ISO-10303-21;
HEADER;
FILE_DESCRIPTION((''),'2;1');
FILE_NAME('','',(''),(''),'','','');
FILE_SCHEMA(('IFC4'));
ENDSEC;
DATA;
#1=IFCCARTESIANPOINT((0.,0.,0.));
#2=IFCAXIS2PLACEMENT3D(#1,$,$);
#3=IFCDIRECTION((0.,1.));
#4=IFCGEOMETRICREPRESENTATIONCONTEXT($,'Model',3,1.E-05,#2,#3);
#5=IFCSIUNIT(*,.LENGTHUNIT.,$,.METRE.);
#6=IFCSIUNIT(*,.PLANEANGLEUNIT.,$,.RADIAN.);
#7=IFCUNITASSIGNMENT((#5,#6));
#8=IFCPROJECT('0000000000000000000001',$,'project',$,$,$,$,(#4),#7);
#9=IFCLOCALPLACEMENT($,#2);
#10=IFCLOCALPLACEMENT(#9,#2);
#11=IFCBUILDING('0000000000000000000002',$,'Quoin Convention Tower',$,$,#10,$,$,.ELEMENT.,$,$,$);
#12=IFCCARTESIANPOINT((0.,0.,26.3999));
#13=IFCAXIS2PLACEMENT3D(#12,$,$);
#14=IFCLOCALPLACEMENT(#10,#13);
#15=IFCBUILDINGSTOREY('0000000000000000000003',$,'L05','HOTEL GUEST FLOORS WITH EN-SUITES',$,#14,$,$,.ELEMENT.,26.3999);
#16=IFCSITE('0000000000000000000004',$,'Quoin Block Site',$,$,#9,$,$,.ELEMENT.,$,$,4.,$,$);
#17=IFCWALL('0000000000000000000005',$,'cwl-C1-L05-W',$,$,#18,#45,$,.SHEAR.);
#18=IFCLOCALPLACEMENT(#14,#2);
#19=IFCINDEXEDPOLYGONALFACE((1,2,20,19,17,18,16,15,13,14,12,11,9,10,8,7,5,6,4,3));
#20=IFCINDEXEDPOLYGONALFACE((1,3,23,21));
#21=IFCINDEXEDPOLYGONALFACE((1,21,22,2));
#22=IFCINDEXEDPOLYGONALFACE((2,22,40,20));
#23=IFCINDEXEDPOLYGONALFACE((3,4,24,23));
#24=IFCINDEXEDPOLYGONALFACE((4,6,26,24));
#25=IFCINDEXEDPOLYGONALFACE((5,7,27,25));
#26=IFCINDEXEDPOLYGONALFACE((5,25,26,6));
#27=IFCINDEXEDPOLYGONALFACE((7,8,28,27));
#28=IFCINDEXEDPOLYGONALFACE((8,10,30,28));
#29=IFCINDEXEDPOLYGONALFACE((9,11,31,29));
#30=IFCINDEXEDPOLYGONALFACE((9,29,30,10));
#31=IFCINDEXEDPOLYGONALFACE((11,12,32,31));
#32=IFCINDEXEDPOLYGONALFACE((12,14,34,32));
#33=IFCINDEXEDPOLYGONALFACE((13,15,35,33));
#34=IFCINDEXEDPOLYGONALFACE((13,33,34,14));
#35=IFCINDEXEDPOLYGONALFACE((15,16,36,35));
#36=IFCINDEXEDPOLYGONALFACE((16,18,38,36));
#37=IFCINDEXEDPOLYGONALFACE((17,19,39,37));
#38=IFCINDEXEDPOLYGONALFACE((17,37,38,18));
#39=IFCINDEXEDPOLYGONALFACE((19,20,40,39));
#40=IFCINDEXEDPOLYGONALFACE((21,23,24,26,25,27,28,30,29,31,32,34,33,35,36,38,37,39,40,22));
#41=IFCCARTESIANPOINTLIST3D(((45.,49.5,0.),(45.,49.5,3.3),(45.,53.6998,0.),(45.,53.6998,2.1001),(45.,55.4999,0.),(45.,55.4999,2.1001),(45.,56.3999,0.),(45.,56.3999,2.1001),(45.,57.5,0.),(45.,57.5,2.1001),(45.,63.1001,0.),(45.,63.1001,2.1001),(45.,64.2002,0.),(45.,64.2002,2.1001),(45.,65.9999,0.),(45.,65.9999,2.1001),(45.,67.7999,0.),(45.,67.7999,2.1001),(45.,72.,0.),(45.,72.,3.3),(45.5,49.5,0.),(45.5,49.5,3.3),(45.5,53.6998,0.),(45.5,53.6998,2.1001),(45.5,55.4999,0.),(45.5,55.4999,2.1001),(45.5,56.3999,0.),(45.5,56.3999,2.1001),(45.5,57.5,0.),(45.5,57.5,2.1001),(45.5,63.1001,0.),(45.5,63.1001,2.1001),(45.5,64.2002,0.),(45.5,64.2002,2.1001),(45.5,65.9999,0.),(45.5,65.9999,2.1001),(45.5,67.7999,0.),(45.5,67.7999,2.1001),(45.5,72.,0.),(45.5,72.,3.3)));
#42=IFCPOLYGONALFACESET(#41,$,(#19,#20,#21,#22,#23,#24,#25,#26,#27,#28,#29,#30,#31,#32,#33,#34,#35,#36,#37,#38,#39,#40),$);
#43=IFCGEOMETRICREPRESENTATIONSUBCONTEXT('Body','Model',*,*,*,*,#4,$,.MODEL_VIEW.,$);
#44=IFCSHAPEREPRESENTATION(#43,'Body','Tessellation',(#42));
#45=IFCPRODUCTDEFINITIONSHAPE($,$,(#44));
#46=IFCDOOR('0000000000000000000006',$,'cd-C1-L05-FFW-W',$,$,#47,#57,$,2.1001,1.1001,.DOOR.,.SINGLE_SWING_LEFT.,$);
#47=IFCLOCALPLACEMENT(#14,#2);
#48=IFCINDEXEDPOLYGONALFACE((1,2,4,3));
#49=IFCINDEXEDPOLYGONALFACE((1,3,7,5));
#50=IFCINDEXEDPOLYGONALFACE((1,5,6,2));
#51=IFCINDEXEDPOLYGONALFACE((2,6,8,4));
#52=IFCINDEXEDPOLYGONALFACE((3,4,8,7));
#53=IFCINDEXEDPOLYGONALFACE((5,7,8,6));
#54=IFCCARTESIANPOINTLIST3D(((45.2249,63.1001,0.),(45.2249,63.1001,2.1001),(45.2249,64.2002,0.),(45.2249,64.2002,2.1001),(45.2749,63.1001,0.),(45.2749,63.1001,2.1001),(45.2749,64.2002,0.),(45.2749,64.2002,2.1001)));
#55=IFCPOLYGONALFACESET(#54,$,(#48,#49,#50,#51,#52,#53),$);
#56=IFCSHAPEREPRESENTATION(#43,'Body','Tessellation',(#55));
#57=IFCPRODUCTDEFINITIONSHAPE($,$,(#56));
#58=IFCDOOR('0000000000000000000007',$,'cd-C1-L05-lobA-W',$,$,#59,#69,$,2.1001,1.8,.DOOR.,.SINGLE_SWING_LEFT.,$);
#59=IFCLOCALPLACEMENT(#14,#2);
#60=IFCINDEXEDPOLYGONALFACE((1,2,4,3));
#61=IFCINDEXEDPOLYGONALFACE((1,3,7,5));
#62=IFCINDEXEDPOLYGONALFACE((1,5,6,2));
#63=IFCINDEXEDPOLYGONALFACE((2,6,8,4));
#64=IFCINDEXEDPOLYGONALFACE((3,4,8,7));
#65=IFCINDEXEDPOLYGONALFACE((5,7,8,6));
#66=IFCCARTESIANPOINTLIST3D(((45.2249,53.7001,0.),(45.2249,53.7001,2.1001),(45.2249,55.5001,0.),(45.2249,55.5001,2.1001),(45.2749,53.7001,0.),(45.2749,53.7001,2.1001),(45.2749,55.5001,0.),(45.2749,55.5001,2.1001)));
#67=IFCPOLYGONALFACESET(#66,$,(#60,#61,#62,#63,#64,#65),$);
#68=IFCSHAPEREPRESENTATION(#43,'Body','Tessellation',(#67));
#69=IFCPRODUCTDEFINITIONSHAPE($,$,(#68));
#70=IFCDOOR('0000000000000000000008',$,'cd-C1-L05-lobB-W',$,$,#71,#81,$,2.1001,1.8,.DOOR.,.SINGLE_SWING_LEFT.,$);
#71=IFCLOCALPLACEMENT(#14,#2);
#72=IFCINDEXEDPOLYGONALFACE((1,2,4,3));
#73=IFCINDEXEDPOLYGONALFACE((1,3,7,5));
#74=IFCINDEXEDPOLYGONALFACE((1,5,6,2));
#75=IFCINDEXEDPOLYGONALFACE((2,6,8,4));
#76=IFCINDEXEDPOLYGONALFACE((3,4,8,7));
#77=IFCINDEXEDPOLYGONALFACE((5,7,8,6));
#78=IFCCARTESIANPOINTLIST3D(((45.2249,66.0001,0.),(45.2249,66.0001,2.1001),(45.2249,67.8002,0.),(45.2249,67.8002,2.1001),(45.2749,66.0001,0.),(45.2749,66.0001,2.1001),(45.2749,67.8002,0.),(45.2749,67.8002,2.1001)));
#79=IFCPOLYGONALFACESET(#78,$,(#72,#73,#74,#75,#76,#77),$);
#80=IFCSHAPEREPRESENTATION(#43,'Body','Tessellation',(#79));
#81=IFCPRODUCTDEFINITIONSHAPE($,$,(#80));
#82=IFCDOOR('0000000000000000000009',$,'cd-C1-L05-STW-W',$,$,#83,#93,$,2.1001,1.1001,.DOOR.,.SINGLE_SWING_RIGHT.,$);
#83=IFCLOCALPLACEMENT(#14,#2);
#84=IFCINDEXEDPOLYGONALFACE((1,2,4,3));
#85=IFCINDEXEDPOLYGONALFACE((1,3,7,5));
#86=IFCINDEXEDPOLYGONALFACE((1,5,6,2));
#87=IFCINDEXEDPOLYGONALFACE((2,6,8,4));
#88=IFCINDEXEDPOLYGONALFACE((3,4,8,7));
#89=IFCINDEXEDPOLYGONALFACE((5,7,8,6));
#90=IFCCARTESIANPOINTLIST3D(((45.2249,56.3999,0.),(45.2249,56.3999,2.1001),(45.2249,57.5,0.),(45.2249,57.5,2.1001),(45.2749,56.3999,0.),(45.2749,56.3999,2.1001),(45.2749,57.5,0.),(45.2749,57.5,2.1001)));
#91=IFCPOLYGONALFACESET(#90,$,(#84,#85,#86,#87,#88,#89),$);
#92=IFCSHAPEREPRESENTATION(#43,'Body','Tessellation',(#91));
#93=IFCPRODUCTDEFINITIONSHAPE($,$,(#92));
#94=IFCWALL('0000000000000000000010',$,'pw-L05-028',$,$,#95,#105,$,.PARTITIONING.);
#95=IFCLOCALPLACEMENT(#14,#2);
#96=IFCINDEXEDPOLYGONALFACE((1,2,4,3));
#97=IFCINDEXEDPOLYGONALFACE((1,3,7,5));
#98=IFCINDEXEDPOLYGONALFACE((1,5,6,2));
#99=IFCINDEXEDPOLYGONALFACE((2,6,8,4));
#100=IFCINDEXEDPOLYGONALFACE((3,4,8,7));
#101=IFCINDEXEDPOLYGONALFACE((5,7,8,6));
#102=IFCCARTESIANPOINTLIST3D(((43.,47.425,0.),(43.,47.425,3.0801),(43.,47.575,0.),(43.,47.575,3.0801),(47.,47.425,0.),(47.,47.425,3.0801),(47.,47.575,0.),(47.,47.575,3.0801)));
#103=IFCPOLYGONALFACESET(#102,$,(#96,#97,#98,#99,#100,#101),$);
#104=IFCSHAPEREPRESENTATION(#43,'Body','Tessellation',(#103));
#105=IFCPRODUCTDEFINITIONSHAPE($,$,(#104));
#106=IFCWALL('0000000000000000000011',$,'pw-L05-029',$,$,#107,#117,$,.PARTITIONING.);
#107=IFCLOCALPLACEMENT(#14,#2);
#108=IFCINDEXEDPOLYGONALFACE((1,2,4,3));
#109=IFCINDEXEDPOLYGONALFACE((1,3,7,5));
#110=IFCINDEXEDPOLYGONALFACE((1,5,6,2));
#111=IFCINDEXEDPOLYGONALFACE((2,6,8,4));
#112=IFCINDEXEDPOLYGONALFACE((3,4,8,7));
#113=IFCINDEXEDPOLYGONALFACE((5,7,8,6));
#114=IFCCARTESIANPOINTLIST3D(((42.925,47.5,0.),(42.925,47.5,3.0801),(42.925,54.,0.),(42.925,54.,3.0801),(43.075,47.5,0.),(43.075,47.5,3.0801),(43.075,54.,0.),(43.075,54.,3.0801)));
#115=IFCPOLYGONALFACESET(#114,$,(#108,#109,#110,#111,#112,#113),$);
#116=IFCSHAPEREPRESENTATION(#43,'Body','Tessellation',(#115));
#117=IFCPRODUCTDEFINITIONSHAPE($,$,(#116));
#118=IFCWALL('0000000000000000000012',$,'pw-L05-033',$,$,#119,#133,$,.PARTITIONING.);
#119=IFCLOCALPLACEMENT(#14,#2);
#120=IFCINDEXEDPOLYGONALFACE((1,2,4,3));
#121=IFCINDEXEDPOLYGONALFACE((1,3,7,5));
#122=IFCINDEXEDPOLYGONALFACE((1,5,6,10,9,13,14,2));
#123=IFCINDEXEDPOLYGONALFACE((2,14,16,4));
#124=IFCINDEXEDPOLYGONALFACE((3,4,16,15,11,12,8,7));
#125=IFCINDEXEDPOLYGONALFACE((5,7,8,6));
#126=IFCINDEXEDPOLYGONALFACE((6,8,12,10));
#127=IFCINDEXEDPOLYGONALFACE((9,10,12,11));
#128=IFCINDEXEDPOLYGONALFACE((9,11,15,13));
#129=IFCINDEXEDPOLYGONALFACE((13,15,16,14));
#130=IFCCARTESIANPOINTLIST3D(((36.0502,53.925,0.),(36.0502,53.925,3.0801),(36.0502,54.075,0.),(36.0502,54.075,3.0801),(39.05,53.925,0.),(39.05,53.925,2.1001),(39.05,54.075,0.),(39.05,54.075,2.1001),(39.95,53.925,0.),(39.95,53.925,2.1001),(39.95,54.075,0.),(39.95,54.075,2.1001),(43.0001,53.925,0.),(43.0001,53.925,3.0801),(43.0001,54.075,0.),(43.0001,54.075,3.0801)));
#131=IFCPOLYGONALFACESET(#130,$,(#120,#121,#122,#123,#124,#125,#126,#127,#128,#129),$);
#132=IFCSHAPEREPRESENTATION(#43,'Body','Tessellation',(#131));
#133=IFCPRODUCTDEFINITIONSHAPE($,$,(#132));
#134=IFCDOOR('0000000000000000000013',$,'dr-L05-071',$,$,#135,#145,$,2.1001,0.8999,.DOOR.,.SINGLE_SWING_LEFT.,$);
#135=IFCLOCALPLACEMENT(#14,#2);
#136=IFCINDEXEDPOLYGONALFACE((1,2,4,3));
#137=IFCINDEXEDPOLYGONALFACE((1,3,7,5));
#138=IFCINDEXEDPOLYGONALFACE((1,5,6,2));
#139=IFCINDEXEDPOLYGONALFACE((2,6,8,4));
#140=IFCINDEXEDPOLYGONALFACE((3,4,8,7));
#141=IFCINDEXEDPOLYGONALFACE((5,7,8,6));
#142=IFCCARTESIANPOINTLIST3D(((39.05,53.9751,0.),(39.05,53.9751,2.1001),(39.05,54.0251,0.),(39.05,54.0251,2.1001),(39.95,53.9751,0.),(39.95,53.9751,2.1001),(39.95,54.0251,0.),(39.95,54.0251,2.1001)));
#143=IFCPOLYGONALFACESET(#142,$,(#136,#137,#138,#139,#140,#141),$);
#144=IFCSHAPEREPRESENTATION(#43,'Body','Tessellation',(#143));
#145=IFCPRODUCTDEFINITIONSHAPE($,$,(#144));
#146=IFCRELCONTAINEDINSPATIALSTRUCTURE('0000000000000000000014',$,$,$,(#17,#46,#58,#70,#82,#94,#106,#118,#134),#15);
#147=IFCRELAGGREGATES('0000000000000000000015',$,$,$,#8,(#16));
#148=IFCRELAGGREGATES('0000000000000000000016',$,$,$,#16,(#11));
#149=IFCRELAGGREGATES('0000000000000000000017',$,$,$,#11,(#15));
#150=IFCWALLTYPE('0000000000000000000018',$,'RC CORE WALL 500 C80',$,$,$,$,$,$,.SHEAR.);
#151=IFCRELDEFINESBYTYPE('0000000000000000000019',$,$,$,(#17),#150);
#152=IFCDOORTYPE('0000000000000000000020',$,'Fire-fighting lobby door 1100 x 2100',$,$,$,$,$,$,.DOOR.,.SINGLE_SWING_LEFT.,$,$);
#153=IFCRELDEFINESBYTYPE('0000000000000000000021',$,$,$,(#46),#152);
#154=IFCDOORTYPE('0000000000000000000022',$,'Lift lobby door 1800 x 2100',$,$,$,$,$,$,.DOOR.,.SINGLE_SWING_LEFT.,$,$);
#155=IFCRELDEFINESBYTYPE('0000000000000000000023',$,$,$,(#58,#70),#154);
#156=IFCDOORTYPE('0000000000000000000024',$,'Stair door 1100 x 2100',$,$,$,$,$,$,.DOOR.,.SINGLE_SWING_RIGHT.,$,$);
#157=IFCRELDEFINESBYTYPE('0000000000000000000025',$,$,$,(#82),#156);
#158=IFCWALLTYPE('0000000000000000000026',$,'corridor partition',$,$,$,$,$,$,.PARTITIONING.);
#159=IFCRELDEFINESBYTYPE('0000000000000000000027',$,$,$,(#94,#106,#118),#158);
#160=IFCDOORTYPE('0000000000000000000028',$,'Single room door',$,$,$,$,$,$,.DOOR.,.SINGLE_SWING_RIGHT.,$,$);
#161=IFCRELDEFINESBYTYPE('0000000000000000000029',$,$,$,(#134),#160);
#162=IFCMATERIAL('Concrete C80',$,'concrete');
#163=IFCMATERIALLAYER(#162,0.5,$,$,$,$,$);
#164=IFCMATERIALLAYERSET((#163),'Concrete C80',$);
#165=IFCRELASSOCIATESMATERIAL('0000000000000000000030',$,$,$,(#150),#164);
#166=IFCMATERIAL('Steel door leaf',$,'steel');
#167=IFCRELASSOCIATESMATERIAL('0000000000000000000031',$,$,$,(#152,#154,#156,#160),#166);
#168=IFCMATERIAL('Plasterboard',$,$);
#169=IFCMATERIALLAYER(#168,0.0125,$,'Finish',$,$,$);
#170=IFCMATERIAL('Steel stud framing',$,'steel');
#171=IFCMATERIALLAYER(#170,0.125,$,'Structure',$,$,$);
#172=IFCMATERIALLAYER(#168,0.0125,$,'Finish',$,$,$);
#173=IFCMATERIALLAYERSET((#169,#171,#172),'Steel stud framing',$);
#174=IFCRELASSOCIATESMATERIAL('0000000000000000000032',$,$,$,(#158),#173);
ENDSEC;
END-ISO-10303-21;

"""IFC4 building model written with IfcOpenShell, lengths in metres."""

from ifc_helpers import new_model, si_unit, direction, frame, frame_2d, origin, place, context, subcontext, project, spatial, rectangle, extrude, material, layer, layer_set, type_object, element, fill, save


model = new_model("IFC4")

# Units and contexts
model_context = context("Model", 3, precision=1e-05, world=origin(), true_north=direction((0.0, 1.0)))
body_context = subcontext(model_context, "Body", "Model", "MODEL_VIEW")
ifc_project = project(units=[si_unit("LENGTHUNIT", "METRE"), si_unit("PLANEANGLEUNIT", "RADIAN")], contexts=[model_context])

# Site, building, storey
site_placement = place(None, origin())
site = spatial("IfcSite", under=ifc_project, at=site_placement, Name="Quoin Block Site", CompositionType="ELEMENT", RefElevation=4.0)
building_placement = place(site_placement, origin())
building = spatial("IfcBuilding", under=site, at=building_placement, Name="Quoin Convention Tower", CompositionType="ELEMENT")
storey_placement = place(building_placement, frame((0.0, 0.0, 26.3999)))
storey = spatial("IfcBuildingStorey", under=building, at=storey_placement, Name="L05", Description="HOTEL GUEST FLOORS WITH EN-SUITES", CompositionType="ELEMENT", Elevation=26.3999)

# Shared definitions
ifc_material_1 = material(Name="Concrete C80", Category="concrete")

# Shared definitions
ifc_material_2 = material(Name="Plasterboard")
ifc_material_3 = material(Name="Steel stud framing", Category="steel")
ifc_material_4 = material(Name="Steel door leaf", Category="steel")

# Shared definitions
ifc_layer_1 = layer(ifc_material_1, 0.5)
ifc_layer_set_1 = layer_set([ifc_layer_1], Name="Concrete C80")
wall_type_1 = type_object("IfcWallType", Name="RC CORE WALL 500 C80", PredefinedType="SHEAR", material=ifc_layer_set_1)

# Wall, openings, doors
wall_1_placement = place(storey_placement, frame((45.25, 49.5, 0.0), z_axis=(0.0, 0.0, 1.0), x_axis=(0.0, 1.0, 0.0)))
wall_1 = element("IfcWall", 1, at=wall_1_placement, inside=storey, type_object=wall_type_1, Name="cwl-C1-L05-W", PredefinedType="SHEAR", context=body_context, shape_type="SweptSolid", body=[
    extrude(rectangle(XDim=22.5, YDim=0.5, at=frame_2d((11.25, 0.0))), origin(), (0.0, 0.0, 1.0), 3.3),
])
opening_1_placement = place(wall_1_placement, frame((4.2, 0.0, 0.0)))
opening_1 = element("IfcOpeningElement", 2, at=opening_1_placement, cuts=wall_1, PredefinedType="OPENING", context=body_context, shape_type="SweptSolid", body=[
    extrude(rectangle(XDim=1.8, YDim=2.1001, at=frame_2d((0.8999, 1.05))), frame((0.0, 0.26, 0.0), z_axis=(0.0, -1.0, 0.0), x_axis=(1.0, 0.0, 0.0)), (0.0, 0.0, 1.0), 0.52),
])
opening_2_placement = place(wall_1_placement, frame((6.8999, 0.0, 0.0)))
opening_2 = element("IfcOpeningElement", 3, at=opening_2_placement, cuts=wall_1, PredefinedType="OPENING", context=body_context, shape_type="SweptSolid", body=[
    extrude(rectangle(XDim=1.1001, YDim=2.1001, at=frame_2d((0.55, 1.05))), frame((0.0, 0.26, 0.0), z_axis=(0.0, -1.0, 0.0), x_axis=(1.0, 0.0, 0.0)), (0.0, 0.0, 1.0), 0.52),
])
opening_3_placement = place(wall_1_placement, frame((13.6001, 0.0, 0.0)))
opening_3 = element("IfcOpeningElement", 4, at=opening_3_placement, cuts=wall_1, PredefinedType="OPENING", context=body_context, shape_type="SweptSolid", body=[
    extrude(rectangle(XDim=1.1001, YDim=2.1001, at=frame_2d((0.55, 1.05))), frame((0.0, 0.26, 0.0), z_axis=(0.0, -1.0, 0.0), x_axis=(1.0, 0.0, 0.0)), (0.0, 0.0, 1.0), 0.52),
])
opening_4_placement = place(wall_1_placement, frame((16.5, 0.0, 0.0)))
opening_4 = element("IfcOpeningElement", 5, at=opening_4_placement, cuts=wall_1, PredefinedType="OPENING", context=body_context, shape_type="SweptSolid", body=[
    extrude(rectangle(XDim=1.8, YDim=2.1001, at=frame_2d((0.8999, 1.05))), frame((0.0, 0.26, 0.0), z_axis=(0.0, -1.0, 0.0), x_axis=(1.0, 0.0, 0.0)), (0.0, 0.0, 1.0), 0.52),
])
door_type_1 = type_object("IfcDoorType", Name="Fire-fighting lobby door 1100 x 2100", OperationType="SINGLE_SWING_LEFT", PredefinedType="DOOR", material=ifc_material_4)
door_1_placement = place(opening_3_placement, frame((1.1001, 0.0, 0.0), z_axis=(0.0, 0.0, 1.0), x_axis=(-1.0, 0.0, 0.0)))
door_1 = element("IfcDoor", 6, at=door_1_placement, inside=storey, type_object=door_type_1, Name="cd-C1-L05-FFW-W", OperationType="SINGLE_SWING_LEFT", OverallHeight=2.1001, OverallWidth=1.1001, PredefinedType="DOOR", context=body_context, shape_type="SweptSolid", body=[
    extrude(rectangle(XDim=1.1001, YDim=2.1001, at=frame_2d((0.55, 1.05))), frame((0.0, 0.0249, 0.0), z_axis=(0.0, -1.0, 0.0), x_axis=(1.0, 0.0, 0.0)), (0.0, 0.0, 1.0), 0.05),
])
fill(opening_3, door_1)
door_type_2 = type_object("IfcDoorType", Name="Lift lobby door 1800 x 2100", OperationType="SINGLE_SWING_LEFT", PredefinedType="DOOR", material=ifc_material_4)
door_2_placement = place(opening_1_placement, frame((1.8, 0.0, 0.0), z_axis=(0.0, 0.0, 1.0), x_axis=(-1.0, 0.0, 0.0)))
door_2 = element("IfcDoor", 7, at=door_2_placement, inside=storey, type_object=door_type_2, Name="cd-C1-L05-lobA-W", OperationType="SINGLE_SWING_LEFT", OverallHeight=2.1001, OverallWidth=1.8, PredefinedType="DOOR", context=body_context, shape_type="SweptSolid", body=[
    extrude(rectangle(XDim=1.8, YDim=2.1001, at=frame_2d((0.8999, 1.05))), frame((0.0, 0.0249, 0.0), z_axis=(0.0, -1.0, 0.0), x_axis=(1.0, 0.0, 0.0)), (0.0, 0.0, 1.0), 0.05),
])
fill(opening_1, door_2)
door_3_placement = place(opening_4_placement, frame((1.8, 0.0, 0.0), z_axis=(0.0, 0.0, 1.0), x_axis=(-1.0, 0.0, 0.0)))
door_3 = element("IfcDoor", 8, at=door_3_placement, inside=storey, type_object=door_type_2, Name="cd-C1-L05-lobB-W", OperationType="SINGLE_SWING_LEFT", OverallHeight=2.1001, OverallWidth=1.8, PredefinedType="DOOR", context=body_context, shape_type="SweptSolid", body=[
    extrude(rectangle(XDim=1.8, YDim=2.1001, at=frame_2d((0.8999, 1.05))), frame((0.0, 0.0249, 0.0), z_axis=(0.0, -1.0, 0.0), x_axis=(1.0, 0.0, 0.0)), (0.0, 0.0, 1.0), 0.05),
])
fill(opening_4, door_3)
door_type_3 = type_object("IfcDoorType", Name="Stair door 1100 x 2100", OperationType="SINGLE_SWING_RIGHT", PredefinedType="DOOR", material=ifc_material_4)
door_4_placement = place(opening_2_placement, frame((1.1001, 0.0, 0.0), z_axis=(0.0, 0.0, 1.0), x_axis=(-1.0, 0.0, 0.0)))
door_4 = element("IfcDoor", 9, at=door_4_placement, inside=storey, type_object=door_type_3, Name="cd-C1-L05-STW-W", OperationType="SINGLE_SWING_RIGHT", OverallHeight=2.1001, OverallWidth=1.1001, PredefinedType="DOOR", context=body_context, shape_type="SweptSolid", body=[
    extrude(rectangle(XDim=1.1001, YDim=2.1001, at=frame_2d((0.55, 1.05))), frame((0.0, 0.0249, 0.0), z_axis=(0.0, -1.0, 0.0), x_axis=(1.0, 0.0, 0.0)), (0.0, 0.0, 1.0), 0.05),
])
fill(opening_2, door_4)

# Walls
ifc_layer_2 = layer(ifc_material_2, 0.0125, Name="Finish")
ifc_layer_3 = layer(ifc_material_3, 0.125, Name="Structure")
ifc_layer_4 = layer(ifc_material_2, 0.0125, Name="Finish")
ifc_layer_set_2 = layer_set([ifc_layer_2, ifc_layer_3, ifc_layer_4], Name="Steel stud framing")
wall_type_2 = type_object("IfcWallType", Name="corridor partition", PredefinedType="PARTITIONING", material=ifc_layer_set_2)
wall_2_placement = place(storey_placement, frame((43.0, 47.5, 0.0), z_axis=(0.0, 0.0, 1.0), x_axis=(1.0, 0.0, 0.0)))
element("IfcWall", 10, at=wall_2_placement, inside=storey, type_object=wall_type_2, Name="pw-L05-028", PredefinedType="PARTITIONING", context=body_context, shape_type="SweptSolid", body=[
    extrude(rectangle(XDim=4.0, YDim=0.1499, at=frame_2d((2.0, 0.0))), origin(), (0.0, 0.0, 1.0), 3.0801),
])
wall_3_placement = place(storey_placement, frame((43.0, 47.5, 0.0), z_axis=(0.0, 0.0, 1.0), x_axis=(0.0, 1.0, 0.0)))
element("IfcWall", 11, at=wall_3_placement, inside=storey, type_object=wall_type_2, Name="pw-L05-029", PredefinedType="PARTITIONING", context=body_context, shape_type="SweptSolid", body=[
    extrude(rectangle(XDim=6.5, YDim=0.1499, at=frame_2d((3.25, 0.0))), origin(), (0.0, 0.0, 1.0), 3.0801),
])

# Wall, opening, door
wall_4_placement = place(storey_placement, frame((36.05, 54.0, 0.0), z_axis=(0.0, 0.0, 1.0), x_axis=(1.0, 0.0, 0.0)))
wall_4 = element("IfcWall", 12, at=wall_4_placement, inside=storey, type_object=wall_type_2, Name="pw-L05-033", PredefinedType="PARTITIONING", context=body_context, shape_type="SweptSolid", body=[
    extrude(rectangle(XDim=6.95, YDim=0.1499, at=frame_2d((3.4751, 0.0))), origin(), (0.0, 0.0, 1.0), 3.0801),
])
opening_5_placement = place(wall_4_placement, frame((3.0, 0.0, 0.0)))
opening_5 = element("IfcOpeningElement", 13, at=opening_5_placement, cuts=wall_4, PredefinedType="OPENING", context=body_context, shape_type="SweptSolid", body=[
    extrude(rectangle(XDim=0.8999, YDim=2.1001, at=frame_2d((0.45, 1.05))), frame((0.0, 0.085, 0.0), z_axis=(0.0, -1.0, 0.0), x_axis=(1.0, 0.0, 0.0)), (0.0, 0.0, 1.0), 0.1699),
])
door_type_4 = type_object("IfcDoorType", Name="Single room door", OperationType="SINGLE_SWING_RIGHT", PredefinedType="DOOR", material=ifc_material_4)
door_5_placement = place(opening_5_placement, frame((0.8999, 0.0, 0.0), z_axis=(0.0, 0.0, 1.0), x_axis=(-1.0, 0.0, 0.0)))
door_5 = element("IfcDoor", 14, at=door_5_placement, inside=storey, type_object=door_type_4, Name="dr-L05-071", OperationType="SINGLE_SWING_LEFT", OverallHeight=2.1001, OverallWidth=0.8999, PredefinedType="DOOR", context=body_context, shape_type="SweptSolid", body=[
    extrude(rectangle(XDim=0.8999, YDim=2.1001, at=frame_2d((0.45, 1.05))), frame((0.0, 0.0249, 0.0), z_axis=(0.0, -1.0, 0.0), x_axis=(1.0, 0.0, 0.0)), (0.0, 0.0, 1.0), 0.05),
])
fill(opening_5, door_5)

save(model, "model.ifc")
